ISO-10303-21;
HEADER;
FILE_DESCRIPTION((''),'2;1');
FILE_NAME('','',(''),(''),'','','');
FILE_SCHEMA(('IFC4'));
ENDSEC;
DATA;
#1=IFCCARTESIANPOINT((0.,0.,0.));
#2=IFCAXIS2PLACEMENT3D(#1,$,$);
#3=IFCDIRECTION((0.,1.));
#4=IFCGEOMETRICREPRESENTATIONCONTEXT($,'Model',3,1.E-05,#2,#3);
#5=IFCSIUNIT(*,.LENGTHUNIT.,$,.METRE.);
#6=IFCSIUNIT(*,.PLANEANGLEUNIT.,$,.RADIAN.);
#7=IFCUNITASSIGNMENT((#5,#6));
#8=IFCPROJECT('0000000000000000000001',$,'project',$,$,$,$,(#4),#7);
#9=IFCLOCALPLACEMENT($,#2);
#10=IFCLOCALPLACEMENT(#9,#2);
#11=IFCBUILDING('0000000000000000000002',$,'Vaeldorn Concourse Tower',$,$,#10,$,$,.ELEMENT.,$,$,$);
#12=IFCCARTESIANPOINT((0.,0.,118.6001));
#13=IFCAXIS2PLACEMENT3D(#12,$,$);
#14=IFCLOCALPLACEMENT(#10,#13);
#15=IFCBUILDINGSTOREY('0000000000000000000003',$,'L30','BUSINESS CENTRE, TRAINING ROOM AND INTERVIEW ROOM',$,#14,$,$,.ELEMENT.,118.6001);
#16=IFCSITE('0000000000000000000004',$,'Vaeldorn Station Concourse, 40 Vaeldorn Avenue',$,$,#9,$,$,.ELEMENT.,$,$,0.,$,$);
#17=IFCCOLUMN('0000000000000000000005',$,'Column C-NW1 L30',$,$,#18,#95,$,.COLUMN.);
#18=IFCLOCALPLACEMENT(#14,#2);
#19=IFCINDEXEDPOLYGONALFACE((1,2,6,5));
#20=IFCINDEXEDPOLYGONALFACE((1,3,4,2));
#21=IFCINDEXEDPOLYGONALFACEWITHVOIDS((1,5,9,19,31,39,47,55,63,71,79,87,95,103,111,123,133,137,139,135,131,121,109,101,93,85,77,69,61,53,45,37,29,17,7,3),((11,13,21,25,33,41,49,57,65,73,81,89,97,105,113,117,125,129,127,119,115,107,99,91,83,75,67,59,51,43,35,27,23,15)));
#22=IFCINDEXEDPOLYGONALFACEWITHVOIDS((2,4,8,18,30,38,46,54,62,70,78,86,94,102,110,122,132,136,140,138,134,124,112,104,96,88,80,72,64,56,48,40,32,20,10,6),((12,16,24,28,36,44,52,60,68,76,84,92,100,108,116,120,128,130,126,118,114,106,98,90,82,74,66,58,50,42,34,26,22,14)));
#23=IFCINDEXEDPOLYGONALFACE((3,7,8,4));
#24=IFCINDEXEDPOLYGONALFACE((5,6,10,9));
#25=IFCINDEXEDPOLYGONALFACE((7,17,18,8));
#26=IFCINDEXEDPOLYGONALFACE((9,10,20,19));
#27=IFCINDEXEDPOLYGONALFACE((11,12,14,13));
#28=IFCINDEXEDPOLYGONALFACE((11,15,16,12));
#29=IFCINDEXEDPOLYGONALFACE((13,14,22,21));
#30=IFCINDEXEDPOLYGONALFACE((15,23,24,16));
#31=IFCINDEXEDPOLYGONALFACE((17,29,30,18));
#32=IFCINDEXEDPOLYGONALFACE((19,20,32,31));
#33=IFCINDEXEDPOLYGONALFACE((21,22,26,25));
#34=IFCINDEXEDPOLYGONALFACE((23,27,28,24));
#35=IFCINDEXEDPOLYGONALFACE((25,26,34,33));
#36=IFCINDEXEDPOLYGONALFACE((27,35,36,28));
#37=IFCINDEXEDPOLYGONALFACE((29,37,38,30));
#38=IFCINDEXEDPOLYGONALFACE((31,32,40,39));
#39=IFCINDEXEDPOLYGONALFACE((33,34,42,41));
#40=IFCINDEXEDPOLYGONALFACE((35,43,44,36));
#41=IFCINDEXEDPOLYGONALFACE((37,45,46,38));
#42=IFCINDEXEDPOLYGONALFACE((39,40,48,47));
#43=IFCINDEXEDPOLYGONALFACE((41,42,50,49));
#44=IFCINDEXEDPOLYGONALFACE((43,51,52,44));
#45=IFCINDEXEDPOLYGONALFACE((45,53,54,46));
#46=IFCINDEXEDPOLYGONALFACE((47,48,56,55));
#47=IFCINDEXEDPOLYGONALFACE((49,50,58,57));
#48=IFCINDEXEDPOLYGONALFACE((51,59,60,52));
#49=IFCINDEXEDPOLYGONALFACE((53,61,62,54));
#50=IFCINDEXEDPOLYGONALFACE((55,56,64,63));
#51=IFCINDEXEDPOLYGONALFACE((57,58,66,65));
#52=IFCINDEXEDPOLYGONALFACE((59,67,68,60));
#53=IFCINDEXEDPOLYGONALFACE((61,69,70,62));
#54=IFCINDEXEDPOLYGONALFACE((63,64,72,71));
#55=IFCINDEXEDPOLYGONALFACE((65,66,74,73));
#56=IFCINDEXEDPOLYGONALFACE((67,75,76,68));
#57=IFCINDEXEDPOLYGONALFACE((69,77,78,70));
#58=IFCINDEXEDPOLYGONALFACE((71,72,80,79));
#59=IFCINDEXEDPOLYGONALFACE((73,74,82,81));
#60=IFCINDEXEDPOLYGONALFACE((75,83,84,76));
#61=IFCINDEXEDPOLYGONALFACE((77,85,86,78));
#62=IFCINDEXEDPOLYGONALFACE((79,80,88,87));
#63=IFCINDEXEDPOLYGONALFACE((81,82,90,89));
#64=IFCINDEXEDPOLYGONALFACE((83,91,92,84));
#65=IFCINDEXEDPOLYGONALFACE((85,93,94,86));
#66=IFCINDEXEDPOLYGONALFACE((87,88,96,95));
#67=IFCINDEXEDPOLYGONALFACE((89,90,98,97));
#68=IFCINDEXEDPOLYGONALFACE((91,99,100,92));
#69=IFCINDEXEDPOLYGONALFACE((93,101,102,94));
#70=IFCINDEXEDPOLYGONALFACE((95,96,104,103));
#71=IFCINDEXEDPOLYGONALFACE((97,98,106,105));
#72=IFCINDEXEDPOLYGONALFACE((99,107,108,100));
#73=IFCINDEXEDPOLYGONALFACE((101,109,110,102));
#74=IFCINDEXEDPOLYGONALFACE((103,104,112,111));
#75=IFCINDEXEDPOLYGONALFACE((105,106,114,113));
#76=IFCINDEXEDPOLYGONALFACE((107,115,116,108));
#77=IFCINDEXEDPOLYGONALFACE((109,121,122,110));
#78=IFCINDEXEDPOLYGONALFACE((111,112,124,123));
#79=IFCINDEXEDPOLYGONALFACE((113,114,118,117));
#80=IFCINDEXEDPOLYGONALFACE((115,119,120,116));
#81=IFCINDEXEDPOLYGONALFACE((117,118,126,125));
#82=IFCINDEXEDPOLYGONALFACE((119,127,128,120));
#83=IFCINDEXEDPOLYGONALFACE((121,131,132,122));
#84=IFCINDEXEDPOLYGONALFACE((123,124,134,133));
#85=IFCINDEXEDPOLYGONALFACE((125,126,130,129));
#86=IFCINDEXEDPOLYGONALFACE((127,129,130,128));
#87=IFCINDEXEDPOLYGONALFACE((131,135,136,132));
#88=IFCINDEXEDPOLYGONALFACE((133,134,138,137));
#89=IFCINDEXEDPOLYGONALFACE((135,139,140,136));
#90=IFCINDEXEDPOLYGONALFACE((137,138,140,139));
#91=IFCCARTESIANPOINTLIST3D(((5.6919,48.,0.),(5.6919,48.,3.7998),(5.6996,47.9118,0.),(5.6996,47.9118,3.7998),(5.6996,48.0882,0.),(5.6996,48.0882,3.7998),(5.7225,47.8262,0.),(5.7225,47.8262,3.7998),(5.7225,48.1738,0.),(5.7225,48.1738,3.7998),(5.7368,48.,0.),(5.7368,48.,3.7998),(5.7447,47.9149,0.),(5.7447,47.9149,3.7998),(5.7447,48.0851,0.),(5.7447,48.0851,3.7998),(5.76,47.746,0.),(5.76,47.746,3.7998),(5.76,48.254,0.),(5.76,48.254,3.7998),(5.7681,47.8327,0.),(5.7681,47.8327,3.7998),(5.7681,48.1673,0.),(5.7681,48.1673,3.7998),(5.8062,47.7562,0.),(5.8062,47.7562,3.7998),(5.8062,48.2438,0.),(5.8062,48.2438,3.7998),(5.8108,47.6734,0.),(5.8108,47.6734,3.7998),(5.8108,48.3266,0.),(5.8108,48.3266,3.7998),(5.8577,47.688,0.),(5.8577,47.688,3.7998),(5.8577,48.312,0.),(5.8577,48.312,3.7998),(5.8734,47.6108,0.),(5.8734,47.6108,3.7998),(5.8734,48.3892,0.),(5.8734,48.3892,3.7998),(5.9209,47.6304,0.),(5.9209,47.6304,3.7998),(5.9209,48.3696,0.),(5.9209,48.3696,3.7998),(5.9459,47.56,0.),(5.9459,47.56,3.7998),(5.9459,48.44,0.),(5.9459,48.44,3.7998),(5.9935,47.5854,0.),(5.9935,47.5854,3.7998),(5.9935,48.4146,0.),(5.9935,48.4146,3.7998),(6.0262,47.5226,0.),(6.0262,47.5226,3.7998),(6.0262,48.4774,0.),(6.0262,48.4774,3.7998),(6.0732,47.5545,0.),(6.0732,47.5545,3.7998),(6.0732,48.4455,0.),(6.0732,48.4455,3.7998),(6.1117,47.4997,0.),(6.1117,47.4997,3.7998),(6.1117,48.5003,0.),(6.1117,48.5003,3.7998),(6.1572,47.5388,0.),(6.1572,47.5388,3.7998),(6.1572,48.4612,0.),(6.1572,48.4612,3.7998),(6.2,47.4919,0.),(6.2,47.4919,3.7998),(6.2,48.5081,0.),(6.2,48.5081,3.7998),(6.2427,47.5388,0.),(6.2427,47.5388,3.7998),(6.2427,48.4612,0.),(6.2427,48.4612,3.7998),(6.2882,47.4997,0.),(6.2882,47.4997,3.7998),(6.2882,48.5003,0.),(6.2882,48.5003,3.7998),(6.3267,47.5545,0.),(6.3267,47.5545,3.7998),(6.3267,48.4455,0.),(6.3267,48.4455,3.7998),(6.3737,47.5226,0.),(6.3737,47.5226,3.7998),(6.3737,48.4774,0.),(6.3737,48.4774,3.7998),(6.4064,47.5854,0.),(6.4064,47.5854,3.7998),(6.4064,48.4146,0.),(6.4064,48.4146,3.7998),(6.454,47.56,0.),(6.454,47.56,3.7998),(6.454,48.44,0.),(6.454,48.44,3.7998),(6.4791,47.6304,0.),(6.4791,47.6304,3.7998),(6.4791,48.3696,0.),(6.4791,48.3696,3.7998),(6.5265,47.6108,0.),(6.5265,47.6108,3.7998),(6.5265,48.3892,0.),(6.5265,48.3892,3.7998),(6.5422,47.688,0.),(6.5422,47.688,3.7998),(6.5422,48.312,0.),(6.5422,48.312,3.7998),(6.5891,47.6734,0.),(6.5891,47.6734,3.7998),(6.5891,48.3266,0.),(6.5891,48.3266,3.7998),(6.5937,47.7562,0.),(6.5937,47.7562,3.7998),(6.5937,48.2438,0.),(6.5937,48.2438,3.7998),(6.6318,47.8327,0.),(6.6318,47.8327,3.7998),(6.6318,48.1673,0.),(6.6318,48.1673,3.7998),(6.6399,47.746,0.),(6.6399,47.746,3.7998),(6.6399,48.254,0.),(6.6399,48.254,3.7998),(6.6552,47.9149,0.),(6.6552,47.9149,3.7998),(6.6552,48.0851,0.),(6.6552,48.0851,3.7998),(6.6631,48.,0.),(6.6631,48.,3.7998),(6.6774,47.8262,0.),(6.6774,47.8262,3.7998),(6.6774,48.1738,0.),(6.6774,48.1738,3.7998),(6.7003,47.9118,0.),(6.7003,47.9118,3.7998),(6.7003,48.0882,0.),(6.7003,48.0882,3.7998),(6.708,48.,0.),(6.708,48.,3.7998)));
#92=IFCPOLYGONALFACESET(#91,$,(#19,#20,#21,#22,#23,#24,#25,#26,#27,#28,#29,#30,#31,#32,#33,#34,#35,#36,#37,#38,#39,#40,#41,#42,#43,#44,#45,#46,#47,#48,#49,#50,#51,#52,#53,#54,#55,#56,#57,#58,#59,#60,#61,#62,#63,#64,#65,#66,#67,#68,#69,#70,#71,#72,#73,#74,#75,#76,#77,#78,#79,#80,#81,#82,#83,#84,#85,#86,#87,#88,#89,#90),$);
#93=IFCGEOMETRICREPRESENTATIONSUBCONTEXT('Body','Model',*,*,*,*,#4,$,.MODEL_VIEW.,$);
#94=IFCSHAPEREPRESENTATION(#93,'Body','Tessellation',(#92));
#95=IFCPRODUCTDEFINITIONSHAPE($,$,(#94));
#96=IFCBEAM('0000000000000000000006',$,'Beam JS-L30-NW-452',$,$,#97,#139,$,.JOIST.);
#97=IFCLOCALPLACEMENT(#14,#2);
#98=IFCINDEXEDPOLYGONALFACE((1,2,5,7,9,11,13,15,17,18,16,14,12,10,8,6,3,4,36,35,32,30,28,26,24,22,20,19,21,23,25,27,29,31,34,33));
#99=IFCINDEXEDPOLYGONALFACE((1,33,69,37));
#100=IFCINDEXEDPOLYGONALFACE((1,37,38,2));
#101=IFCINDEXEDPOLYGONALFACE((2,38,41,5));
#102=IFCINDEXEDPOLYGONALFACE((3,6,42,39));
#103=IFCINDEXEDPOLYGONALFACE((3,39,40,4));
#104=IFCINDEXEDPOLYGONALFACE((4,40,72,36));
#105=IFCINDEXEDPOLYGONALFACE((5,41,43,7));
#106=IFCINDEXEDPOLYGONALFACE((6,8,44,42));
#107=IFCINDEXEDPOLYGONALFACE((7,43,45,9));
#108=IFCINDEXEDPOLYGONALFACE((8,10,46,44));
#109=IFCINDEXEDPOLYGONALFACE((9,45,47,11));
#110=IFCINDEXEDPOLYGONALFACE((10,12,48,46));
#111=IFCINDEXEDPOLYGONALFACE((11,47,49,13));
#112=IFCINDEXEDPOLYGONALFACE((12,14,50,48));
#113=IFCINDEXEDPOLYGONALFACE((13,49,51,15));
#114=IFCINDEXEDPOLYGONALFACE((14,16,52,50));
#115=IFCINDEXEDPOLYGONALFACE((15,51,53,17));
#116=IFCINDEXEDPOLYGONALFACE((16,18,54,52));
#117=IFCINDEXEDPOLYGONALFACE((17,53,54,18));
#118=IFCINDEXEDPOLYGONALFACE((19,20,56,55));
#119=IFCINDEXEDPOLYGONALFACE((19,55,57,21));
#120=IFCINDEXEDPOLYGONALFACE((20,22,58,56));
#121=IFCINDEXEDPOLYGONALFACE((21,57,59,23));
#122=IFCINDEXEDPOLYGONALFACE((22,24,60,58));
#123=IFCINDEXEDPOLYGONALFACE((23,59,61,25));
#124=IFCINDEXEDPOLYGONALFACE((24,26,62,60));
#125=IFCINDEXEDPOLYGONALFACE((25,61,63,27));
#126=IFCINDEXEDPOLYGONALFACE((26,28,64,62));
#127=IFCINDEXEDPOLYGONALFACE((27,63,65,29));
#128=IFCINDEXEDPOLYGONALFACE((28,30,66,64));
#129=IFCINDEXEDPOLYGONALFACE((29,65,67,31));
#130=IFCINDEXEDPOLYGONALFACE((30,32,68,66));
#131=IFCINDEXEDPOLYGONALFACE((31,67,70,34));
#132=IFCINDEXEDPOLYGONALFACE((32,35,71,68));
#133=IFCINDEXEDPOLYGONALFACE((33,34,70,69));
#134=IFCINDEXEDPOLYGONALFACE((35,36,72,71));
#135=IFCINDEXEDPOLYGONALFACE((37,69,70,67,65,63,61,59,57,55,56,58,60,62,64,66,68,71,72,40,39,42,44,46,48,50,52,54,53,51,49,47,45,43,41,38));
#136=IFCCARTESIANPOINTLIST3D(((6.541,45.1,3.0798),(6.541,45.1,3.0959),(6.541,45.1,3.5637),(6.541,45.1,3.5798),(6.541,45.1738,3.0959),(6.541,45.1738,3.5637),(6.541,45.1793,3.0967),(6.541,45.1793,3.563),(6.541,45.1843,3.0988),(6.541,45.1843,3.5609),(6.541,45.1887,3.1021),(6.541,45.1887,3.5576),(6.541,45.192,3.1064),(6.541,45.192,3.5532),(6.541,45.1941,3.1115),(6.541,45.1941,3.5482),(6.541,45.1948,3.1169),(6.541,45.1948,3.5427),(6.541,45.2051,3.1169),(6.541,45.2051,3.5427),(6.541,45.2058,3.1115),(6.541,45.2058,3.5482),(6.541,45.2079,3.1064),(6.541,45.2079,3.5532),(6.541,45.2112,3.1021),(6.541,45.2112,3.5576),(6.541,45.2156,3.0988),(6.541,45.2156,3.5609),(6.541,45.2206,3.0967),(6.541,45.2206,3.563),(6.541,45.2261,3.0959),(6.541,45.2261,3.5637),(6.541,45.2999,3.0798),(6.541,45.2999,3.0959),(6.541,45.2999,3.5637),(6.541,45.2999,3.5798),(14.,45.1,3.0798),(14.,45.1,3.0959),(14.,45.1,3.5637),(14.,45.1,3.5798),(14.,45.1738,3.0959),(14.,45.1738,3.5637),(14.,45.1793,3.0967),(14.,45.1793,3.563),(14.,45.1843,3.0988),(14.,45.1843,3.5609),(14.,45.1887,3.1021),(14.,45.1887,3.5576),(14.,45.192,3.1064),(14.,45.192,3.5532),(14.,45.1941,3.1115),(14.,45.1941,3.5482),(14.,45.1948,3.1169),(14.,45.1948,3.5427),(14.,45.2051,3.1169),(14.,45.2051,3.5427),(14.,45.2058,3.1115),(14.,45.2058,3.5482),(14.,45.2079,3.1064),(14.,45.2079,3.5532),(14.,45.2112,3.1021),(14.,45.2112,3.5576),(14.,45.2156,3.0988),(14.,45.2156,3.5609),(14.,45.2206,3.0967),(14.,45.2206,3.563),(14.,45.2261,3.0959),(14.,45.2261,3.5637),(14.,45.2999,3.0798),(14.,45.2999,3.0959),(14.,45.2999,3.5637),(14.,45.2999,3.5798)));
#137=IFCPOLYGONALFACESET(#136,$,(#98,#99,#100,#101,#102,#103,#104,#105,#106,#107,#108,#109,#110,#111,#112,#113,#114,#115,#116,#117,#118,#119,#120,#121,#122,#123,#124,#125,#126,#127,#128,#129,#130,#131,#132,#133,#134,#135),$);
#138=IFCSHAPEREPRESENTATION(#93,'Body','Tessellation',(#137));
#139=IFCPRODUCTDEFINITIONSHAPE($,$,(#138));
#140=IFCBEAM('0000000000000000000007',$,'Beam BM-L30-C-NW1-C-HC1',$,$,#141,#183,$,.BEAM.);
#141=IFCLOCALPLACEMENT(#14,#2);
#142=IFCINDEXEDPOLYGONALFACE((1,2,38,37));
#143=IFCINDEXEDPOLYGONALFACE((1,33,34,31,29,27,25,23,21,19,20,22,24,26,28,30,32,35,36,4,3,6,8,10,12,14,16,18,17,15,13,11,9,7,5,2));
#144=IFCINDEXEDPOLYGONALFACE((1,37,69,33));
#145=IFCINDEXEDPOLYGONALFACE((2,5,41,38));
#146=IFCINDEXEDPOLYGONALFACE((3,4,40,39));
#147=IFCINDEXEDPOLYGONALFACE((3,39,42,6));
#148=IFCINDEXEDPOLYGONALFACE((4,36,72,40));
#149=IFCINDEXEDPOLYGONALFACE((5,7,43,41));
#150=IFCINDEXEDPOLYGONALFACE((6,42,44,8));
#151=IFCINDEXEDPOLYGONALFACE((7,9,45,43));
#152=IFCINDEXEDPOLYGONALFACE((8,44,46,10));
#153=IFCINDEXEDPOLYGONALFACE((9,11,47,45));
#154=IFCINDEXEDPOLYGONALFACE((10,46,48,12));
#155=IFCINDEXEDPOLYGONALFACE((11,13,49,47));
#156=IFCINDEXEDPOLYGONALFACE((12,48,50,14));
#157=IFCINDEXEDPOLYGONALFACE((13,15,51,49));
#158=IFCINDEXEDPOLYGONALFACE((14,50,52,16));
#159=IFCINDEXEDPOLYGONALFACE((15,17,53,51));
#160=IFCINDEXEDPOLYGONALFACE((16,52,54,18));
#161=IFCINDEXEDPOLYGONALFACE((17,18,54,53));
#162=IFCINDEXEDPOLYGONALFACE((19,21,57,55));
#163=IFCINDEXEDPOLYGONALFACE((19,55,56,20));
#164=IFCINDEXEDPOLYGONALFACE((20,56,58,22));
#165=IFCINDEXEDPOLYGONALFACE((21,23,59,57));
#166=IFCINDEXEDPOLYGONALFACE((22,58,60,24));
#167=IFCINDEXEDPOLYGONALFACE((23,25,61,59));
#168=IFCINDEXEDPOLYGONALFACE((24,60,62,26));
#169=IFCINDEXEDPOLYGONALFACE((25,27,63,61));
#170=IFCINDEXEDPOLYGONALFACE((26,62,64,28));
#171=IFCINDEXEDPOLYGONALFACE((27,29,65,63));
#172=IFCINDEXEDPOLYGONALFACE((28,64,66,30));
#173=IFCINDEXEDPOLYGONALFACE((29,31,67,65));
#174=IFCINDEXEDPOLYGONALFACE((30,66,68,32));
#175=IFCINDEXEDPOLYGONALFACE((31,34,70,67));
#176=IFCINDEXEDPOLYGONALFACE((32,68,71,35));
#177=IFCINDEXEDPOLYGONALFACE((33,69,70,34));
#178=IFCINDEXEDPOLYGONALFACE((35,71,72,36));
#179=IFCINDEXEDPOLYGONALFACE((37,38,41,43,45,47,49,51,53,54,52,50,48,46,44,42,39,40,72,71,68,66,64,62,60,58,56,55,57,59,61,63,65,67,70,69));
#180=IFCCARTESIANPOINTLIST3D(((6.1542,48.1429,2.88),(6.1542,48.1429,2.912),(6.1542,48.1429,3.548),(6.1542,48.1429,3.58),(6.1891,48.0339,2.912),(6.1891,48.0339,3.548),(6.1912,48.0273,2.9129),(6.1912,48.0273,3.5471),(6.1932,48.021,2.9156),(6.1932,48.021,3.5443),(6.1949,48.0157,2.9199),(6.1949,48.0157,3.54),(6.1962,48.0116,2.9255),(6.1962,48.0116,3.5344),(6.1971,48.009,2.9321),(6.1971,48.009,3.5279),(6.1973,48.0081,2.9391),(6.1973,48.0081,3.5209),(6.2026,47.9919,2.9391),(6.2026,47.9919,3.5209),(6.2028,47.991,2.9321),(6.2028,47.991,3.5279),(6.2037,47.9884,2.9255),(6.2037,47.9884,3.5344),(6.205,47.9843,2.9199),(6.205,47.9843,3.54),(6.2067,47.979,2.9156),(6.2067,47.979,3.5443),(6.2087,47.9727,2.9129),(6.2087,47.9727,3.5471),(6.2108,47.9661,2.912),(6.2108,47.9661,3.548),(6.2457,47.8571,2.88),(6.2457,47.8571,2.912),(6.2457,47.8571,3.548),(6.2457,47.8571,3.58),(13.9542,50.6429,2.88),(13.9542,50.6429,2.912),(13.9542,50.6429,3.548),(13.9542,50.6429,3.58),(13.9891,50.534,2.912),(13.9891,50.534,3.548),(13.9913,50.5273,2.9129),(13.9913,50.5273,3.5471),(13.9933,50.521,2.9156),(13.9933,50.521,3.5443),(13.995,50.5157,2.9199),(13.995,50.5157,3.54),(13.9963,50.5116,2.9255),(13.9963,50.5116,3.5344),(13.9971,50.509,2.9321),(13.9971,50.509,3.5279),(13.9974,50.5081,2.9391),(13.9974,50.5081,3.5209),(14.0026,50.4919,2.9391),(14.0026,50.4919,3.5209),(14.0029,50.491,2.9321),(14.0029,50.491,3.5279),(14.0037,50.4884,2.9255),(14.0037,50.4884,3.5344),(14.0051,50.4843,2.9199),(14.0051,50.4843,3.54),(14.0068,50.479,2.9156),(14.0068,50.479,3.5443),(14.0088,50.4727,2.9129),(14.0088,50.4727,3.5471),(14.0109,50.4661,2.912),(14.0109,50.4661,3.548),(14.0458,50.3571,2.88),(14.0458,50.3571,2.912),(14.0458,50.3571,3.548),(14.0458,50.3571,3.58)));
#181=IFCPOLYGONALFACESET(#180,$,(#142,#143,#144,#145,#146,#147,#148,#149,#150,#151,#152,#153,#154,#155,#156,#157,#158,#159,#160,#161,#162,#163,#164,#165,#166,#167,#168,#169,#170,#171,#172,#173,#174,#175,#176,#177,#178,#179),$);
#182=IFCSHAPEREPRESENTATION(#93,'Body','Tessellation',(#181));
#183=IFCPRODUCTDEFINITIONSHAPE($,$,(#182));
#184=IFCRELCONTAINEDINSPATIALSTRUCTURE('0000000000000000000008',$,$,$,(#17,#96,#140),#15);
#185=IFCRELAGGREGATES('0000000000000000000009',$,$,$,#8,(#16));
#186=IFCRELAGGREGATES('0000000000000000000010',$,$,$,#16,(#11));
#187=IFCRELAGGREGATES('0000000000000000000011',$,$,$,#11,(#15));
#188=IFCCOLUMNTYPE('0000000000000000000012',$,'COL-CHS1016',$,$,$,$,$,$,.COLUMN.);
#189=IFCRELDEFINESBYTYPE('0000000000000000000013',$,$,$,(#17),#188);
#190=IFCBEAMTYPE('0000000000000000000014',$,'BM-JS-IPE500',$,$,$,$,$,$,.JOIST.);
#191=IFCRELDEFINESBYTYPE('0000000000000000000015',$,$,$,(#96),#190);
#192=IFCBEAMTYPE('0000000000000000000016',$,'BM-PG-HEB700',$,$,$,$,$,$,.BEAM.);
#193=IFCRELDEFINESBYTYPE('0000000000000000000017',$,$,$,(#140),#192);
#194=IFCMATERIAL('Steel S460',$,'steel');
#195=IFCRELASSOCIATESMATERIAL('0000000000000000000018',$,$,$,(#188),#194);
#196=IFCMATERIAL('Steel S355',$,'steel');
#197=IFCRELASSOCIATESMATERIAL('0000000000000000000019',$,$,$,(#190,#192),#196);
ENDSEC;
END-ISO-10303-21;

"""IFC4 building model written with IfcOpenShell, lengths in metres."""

from ifc_helpers import new_model, si_unit, direction, frame, origin, origin_2d, place, context, subcontext, project, spatial, hollow_circle, i_section, extrude, source, transform, mapped, material, material_profile, profile_set, type_object, element, save


model = new_model("IFC4")

# Units and contexts
model_context = context("Model", 3, precision=1e-05, world=origin(), true_north=direction((0.0, 1.0)))
body_context = subcontext(model_context, "Body", "Model", "MODEL_VIEW")
ifc_project = project(units=[si_unit("LENGTHUNIT", "METRE"), si_unit("PLANEANGLEUNIT", "RADIAN")], contexts=[model_context])

# Site, building, storey
site_placement = place(None, origin())
site = spatial("IfcSite", under=ifc_project, at=site_placement, Name="Vaeldorn Station Concourse, 40 Vaeldorn Avenue", CompositionType="ELEMENT", RefElevation=0.0)
building_placement = place(site_placement, origin())
building = spatial("IfcBuilding", under=site, at=building_placement, Name="Vaeldorn Concourse Tower", CompositionType="ELEMENT")
storey_placement = place(building_placement, frame((0.0, 0.0, 118.6001)))
storey = spatial("IfcBuildingStorey", under=building, at=storey_placement, Name="L30", Description="BUSINESS CENTRE, TRAINING ROOM AND INTERVIEW ROOM", CompositionType="ELEMENT", Elevation=118.6001)

# Column
ifc_material_1 = material(Name="Steel S460", Category="steel")
ifc_material_profile_1 = material_profile(ifc_material_1, hollow_circle(Radius=0.5081, WallThickness=0.0449, at=origin_2d()), Name="CHS 1016x45")
ifc_profile_set_1 = profile_set([ifc_material_profile_1], Name="Steel S460")
column_type = type_object("IfcColumnType", Name="COL-CHS1016", PredefinedType="COLUMN", material=ifc_profile_set_1)
shared_shape_1 = source(origin(), body_context, "Body", "SweptSolid", [
    extrude(hollow_circle(Radius=0.5081, WallThickness=0.0449, at=origin_2d()), origin(), (0.0, 0.0, 1.0), 3.7998),
])
column_placement = place(storey_placement, frame((6.2, 48.0, 0.0), z_axis=(0.0, 0.0, 1.0), x_axis=(1.0, 0.0, 0.0)))
element("IfcColumn", 1, at=column_placement, inside=storey, type_object=column_type, Name="Column C-NW1 L30", PredefinedType="COLUMN", context=body_context, shape_type="MappedRepresentation", body=[
    mapped(shared_shape_1, transform((0.0, 0.0, 0.0), scale=1.0)),
])

# Beams
ifc_material_2 = material(Name="Steel S355", Category="steel")
ifc_material_profile_2 = material_profile(ifc_material_2, i_section(OverallWidth=0.2, OverallDepth=0.5, WebThickness=0.0103, FlangeThickness=0.0161, FilletRadius=0.021, at=origin_2d()), Name="IPE 500")
ifc_profile_set_2 = profile_set([ifc_material_profile_2], Name="Steel S355")
beam_type_1 = type_object("IfcBeamType", Name="BM-JS-IPE500", PredefinedType="JOIST", material=ifc_profile_set_2)
shared_shape_2 = source(origin(), body_context, "Body", "SweptSolid", [
    extrude(i_section(OverallWidth=0.2, OverallDepth=0.5, WebThickness=0.0103, FlangeThickness=0.0161, FilletRadius=0.021, at=origin_2d()), origin(), (0.0, 0.0, 1.0), 7.459),
])
beam_1_placement = place(storey_placement, frame((6.541, 45.2, 3.3298), z_axis=(1.0, 0.0, 0.0), x_axis=(0.0, 1.0, 0.0)))
element("IfcBeam", 2, at=beam_1_placement, inside=storey, type_object=beam_type_1, Name="Beam JS-L30-NW-452", PredefinedType="JOIST", context=body_context, shape_type="MappedRepresentation", body=[
    mapped(shared_shape_2, transform((0.0, 0.0, 0.0), scale=1.0)),
])
ifc_material_profile_3 = material_profile(ifc_material_2, i_section(OverallWidth=0.3, OverallDepth=0.7, WebThickness=0.0171, FlangeThickness=0.032, FilletRadius=0.0271, at=origin_2d()), Name="HEB 700")
ifc_profile_set_3 = profile_set([ifc_material_profile_3], Name="Steel S355")
beam_type_2 = type_object("IfcBeamType", Name="BM-PG-HEB700", PredefinedType="BEAM", material=ifc_profile_set_3)
shared_shape_3 = source(origin(), body_context, "Body", "SweptSolid", [
    extrude(i_section(OverallWidth=0.3, OverallDepth=0.7, WebThickness=0.0171, FlangeThickness=0.032, FilletRadius=0.0271, at=origin_2d()), origin(), (0.0, 0.0, 1.0), 8.1909),
])
beam_2_placement = place(storey_placement, frame((6.2, 48.0, 3.23), z_axis=(0.952283, 0.305217, 0.0), x_axis=(-0.305217, 0.952283, 0.0)))
element("IfcBeam", 3, at=beam_2_placement, inside=storey, type_object=beam_type_2, Name="Beam BM-L30-C-NW1-C-HC1", PredefinedType="BEAM", context=body_context, shape_type="MappedRepresentation", body=[
    mapped(shared_shape_3, transform((0.0, 0.0, 0.0), scale=1.0)),
])

save(model, "model.ifc")
